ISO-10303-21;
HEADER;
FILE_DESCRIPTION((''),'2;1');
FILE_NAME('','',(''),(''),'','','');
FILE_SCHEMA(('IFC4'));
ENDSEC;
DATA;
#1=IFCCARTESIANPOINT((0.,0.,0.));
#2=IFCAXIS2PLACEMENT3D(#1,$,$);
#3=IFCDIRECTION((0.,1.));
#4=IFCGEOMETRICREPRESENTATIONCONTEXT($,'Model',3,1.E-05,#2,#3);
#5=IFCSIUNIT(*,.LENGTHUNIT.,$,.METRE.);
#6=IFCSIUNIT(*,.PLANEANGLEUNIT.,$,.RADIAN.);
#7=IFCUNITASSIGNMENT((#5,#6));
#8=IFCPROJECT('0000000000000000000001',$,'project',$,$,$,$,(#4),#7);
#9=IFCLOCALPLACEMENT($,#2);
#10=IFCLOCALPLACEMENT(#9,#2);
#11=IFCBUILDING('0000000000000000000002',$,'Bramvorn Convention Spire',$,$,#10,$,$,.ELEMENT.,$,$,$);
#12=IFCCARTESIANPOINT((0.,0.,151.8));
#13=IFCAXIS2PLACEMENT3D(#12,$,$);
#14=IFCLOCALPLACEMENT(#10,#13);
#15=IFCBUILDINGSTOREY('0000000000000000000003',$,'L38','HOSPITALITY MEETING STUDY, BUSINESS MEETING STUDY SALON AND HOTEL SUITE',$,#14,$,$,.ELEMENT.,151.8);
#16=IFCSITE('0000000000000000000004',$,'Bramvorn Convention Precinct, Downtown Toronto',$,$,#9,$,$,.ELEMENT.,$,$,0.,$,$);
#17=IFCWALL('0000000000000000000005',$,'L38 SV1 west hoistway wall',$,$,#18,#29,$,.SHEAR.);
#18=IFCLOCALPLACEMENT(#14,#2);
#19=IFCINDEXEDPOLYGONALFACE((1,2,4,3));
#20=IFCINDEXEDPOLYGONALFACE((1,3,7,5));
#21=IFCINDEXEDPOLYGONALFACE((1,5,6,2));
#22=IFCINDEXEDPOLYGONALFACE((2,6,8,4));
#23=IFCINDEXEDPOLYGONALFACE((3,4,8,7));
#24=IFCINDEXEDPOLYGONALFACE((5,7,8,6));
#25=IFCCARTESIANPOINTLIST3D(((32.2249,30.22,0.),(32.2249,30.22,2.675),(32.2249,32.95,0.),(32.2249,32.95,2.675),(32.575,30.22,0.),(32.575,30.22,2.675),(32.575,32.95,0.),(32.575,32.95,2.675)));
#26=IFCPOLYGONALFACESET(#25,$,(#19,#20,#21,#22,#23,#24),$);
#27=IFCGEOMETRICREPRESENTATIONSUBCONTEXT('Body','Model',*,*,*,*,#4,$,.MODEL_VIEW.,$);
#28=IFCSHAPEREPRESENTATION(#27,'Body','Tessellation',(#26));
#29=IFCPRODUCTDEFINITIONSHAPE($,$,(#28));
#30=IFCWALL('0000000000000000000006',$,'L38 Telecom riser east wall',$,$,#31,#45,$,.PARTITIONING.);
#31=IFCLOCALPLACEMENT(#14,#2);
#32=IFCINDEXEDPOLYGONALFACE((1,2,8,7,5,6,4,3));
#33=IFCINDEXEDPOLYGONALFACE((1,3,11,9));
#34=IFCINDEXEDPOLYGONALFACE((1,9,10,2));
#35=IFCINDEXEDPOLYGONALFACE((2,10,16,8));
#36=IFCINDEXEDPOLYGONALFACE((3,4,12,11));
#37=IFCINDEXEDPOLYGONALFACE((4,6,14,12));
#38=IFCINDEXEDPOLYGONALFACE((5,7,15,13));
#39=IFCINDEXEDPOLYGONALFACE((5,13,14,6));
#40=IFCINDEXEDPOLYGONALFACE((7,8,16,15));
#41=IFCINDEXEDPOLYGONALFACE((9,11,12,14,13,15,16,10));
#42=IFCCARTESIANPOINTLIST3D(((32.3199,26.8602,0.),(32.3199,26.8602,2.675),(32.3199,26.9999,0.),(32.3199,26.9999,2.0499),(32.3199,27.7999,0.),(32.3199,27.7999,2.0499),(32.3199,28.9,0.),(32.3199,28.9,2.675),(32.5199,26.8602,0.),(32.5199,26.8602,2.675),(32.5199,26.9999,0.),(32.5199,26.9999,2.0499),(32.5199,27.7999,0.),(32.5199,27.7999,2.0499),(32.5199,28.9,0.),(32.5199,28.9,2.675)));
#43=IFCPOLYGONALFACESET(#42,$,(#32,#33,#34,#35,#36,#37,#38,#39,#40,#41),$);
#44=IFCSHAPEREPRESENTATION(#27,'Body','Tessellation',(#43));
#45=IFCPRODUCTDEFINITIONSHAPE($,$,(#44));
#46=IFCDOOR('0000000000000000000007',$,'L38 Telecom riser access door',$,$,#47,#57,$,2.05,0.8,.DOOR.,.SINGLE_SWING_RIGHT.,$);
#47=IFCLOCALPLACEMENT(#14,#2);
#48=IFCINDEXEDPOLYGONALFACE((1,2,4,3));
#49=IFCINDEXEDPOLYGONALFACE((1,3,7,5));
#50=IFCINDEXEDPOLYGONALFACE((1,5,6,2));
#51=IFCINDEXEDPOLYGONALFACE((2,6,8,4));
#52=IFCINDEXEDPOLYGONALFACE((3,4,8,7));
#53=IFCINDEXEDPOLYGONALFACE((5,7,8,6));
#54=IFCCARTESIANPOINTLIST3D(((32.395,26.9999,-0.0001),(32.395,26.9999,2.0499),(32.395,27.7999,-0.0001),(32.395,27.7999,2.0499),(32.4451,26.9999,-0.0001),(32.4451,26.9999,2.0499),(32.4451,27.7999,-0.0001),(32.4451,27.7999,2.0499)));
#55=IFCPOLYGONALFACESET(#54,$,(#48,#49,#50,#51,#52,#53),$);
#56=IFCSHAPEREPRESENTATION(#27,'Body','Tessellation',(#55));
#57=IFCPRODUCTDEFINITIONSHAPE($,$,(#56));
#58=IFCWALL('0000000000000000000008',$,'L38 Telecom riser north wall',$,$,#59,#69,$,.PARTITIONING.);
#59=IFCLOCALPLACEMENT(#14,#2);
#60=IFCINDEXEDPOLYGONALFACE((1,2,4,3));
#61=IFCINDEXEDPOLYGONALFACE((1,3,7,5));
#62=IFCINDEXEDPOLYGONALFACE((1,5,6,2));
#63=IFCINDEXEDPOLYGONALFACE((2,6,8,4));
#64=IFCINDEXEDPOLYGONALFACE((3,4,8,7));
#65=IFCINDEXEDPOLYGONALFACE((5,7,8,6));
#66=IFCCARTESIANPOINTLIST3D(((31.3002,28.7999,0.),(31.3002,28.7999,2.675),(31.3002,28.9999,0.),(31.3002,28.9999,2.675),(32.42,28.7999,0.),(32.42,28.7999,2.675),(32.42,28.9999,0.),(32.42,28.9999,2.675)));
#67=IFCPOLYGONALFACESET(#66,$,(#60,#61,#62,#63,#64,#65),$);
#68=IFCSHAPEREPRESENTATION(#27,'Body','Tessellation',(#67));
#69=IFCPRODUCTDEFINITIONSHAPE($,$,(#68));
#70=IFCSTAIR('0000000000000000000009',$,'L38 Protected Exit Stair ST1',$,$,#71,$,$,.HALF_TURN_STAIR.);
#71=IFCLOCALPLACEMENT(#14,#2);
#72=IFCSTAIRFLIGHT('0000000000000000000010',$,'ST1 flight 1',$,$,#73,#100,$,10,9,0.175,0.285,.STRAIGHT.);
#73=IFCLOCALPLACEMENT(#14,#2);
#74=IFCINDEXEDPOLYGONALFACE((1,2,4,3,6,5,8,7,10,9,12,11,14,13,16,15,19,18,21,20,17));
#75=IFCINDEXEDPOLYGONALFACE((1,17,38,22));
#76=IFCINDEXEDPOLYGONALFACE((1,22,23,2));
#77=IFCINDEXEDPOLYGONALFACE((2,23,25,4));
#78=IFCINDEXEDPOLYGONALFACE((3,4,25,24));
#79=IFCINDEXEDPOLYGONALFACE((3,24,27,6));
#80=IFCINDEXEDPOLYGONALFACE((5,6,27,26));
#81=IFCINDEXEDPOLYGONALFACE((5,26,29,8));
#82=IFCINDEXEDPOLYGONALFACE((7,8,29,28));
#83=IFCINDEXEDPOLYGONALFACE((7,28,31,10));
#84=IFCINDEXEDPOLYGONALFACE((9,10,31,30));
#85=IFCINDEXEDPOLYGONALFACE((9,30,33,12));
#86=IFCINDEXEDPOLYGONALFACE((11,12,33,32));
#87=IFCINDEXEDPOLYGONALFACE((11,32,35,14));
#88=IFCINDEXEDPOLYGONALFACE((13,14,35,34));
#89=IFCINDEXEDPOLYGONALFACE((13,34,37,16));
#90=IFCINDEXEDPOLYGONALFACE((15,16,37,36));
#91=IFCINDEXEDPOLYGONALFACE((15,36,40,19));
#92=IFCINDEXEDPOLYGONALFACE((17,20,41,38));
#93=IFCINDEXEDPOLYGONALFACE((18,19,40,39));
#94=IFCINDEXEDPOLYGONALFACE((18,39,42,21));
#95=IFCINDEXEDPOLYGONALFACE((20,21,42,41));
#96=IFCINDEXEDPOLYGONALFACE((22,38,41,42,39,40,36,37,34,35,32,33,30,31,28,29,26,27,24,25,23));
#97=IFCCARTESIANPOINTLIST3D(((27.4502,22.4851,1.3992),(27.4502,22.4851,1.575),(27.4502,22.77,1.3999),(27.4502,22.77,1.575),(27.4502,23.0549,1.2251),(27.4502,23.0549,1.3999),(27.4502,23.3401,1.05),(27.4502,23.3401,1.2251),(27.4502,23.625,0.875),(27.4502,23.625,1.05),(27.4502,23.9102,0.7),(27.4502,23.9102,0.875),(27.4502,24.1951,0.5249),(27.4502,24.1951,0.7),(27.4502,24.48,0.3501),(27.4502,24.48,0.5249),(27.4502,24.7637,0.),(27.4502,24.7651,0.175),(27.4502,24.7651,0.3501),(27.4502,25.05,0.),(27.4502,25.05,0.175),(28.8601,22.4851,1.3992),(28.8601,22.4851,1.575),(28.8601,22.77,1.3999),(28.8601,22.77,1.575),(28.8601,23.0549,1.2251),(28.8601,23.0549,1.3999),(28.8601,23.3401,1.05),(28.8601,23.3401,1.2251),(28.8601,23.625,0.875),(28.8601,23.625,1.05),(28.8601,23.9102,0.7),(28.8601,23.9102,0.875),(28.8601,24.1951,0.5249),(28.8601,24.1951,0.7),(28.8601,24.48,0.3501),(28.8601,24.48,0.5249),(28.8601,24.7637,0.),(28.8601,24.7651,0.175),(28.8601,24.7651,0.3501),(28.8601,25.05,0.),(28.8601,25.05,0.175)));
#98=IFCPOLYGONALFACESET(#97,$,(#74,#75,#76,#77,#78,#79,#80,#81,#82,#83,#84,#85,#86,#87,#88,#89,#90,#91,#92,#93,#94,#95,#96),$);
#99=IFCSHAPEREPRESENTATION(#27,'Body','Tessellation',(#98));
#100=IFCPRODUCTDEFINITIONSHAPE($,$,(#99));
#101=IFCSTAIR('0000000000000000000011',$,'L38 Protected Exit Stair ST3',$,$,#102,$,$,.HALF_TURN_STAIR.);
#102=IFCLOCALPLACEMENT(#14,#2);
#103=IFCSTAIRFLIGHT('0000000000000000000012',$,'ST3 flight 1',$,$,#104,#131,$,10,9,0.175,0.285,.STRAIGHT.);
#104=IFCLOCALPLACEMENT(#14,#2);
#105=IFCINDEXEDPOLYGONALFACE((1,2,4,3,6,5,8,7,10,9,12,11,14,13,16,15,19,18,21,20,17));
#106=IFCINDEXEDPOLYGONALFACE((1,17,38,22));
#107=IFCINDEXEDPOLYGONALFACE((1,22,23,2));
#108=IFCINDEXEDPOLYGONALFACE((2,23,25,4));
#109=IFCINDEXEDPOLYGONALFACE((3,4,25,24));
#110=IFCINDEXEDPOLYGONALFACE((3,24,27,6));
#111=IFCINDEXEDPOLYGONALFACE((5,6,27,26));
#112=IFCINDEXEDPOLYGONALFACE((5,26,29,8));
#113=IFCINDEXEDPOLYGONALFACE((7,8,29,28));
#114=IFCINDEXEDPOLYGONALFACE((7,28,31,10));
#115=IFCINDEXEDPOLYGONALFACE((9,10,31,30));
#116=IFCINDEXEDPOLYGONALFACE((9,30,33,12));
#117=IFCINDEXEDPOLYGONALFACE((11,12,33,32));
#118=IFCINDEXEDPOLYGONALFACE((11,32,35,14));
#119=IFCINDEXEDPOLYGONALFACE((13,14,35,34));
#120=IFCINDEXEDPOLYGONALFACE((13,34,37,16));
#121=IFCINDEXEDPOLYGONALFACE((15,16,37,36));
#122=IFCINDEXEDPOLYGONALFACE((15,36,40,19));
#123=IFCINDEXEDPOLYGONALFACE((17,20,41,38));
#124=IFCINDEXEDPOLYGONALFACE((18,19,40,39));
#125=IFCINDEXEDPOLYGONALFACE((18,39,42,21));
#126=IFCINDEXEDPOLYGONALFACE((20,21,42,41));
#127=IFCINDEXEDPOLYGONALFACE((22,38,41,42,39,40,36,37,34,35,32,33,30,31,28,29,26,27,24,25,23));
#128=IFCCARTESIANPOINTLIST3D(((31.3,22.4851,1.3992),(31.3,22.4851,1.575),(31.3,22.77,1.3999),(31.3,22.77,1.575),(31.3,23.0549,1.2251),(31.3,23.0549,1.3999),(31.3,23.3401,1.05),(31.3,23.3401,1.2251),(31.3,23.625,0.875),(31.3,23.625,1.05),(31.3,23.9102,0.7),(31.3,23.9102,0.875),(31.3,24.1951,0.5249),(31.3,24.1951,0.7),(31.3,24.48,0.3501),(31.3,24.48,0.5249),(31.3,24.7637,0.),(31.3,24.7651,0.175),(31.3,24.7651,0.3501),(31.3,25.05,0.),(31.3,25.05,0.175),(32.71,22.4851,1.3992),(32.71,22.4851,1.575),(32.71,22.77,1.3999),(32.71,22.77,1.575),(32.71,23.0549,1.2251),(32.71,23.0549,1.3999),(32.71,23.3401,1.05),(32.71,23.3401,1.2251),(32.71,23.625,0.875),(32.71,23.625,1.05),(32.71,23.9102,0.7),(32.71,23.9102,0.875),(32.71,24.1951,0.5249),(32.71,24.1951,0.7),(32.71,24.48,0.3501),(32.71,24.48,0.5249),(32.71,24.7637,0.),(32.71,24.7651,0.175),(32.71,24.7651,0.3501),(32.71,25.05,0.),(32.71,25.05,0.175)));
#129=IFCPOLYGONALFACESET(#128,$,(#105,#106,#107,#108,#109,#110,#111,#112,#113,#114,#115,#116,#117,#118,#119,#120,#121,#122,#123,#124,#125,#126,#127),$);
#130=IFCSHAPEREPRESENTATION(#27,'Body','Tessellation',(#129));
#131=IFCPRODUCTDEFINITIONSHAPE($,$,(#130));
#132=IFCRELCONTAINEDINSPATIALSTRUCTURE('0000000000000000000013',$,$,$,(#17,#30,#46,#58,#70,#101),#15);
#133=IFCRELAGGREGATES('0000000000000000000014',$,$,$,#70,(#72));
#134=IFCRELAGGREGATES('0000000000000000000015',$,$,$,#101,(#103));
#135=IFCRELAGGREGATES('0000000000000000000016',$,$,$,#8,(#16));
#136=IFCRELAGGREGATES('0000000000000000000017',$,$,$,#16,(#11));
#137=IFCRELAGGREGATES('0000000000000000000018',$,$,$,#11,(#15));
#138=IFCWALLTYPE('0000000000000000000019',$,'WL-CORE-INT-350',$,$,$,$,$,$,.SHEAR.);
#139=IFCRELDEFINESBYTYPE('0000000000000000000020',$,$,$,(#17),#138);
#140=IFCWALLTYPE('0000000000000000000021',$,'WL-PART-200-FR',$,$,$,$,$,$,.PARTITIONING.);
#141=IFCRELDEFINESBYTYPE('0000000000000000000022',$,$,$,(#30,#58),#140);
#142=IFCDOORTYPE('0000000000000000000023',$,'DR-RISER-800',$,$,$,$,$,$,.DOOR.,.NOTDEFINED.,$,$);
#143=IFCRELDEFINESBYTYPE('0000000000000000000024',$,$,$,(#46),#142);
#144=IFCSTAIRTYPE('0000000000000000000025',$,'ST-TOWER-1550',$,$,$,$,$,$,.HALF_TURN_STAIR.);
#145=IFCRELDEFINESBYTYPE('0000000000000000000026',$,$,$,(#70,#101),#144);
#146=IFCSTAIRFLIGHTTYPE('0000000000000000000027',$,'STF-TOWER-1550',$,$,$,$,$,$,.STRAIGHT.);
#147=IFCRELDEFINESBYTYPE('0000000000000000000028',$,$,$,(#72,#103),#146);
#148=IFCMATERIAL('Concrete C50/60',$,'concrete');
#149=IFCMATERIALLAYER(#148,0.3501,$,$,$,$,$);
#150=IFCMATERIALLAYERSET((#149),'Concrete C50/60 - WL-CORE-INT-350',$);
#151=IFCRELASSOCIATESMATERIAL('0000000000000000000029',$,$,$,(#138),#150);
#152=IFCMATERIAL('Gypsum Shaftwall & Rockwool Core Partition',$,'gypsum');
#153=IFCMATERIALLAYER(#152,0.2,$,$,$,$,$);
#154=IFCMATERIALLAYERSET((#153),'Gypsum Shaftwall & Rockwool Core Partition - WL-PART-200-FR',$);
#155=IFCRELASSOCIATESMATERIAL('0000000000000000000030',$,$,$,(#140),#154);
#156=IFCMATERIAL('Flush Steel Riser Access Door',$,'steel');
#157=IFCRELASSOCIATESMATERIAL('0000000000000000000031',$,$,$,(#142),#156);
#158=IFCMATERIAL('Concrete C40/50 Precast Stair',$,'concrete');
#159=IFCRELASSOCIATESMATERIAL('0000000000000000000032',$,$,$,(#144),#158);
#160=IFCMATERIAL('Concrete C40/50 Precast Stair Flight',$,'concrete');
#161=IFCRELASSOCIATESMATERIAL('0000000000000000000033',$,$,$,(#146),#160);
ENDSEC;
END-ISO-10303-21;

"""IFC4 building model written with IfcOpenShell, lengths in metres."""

from ifc_helpers import new_model, si_unit, direction, frame, frame_2d, origin, place, context, subcontext, project, spatial, polyline, rectangle, outline, extrude, material, layer, layer_set, type_object, element, fill, aggregate, save


model = new_model("IFC4")

# Units and contexts
model_context = context("Model", 3, precision=1e-05, world=origin(), true_north=direction((0.0, 1.0)))
body_context = subcontext(model_context, "Body", "Model", "MODEL_VIEW")
ifc_project = project(units=[si_unit("LENGTHUNIT", "METRE"), si_unit("PLANEANGLEUNIT", "RADIAN")], contexts=[model_context])

# Site, building, storey
site_placement = place(None, origin())
site = spatial("IfcSite", under=ifc_project, at=site_placement, Name="Bramvorn Convention Precinct, Downtown Toronto", CompositionType="ELEMENT", RefElevation=0.0)
building_placement = place(site_placement, origin())
building = spatial("IfcBuilding", under=site, at=building_placement, Name="Bramvorn Convention Spire", CompositionType="ELEMENT")
storey_placement = place(building_placement, frame((0.0, 0.0, 151.8)))
storey = spatial("IfcBuildingStorey", under=building, at=storey_placement, Name="L38", Description="HOSPITALITY MEETING STUDY, BUSINESS MEETING STUDY SALON AND HOTEL SUITE", CompositionType="ELEMENT", Elevation=151.8)

# Shared definitions
ifc_material_1 = material(Name="Concrete C50/60", Category="concrete")
ifc_layer_1 = layer(ifc_material_1, 0.3501)
ifc_layer_set_1 = layer_set([ifc_layer_1], Name="Concrete C50/60 - WL-CORE-INT-350")
wall_type_1 = type_object("IfcWallType", Name="WL-CORE-INT-350", PredefinedType="SHEAR", material=ifc_layer_set_1)

# Wall
wall_1_placement = place(storey_placement, frame((32.3999, 30.22, 0.0), z_axis=(0.0, 0.0, 1.0), x_axis=(0.0, 1.0, 0.0)))
element("IfcWall", 1, at=wall_1_placement, inside=storey, type_object=wall_type_1, Name="L38 SV1 west hoistway wall", PredefinedType="SHEAR", context=body_context, shape_type="SweptSolid", body=[
    extrude(rectangle(XDim=2.73, YDim=0.3501, at=frame_2d((1.365, 0.0))), origin(), (0.0, 0.0, 1.0), 2.675),
])

# Wall, opening, door
ifc_material_2 = material(Name="Gypsum Shaftwall & Rockwool Core Partition", Category="gypsum")
ifc_layer_2 = layer(ifc_material_2, 0.2)
ifc_layer_set_2 = layer_set([ifc_layer_2], Name="Gypsum Shaftwall & Rockwool Core Partition - WL-PART-200-FR")
wall_type_2 = type_object("IfcWallType", Name="WL-PART-200-FR", PredefinedType="PARTITIONING", material=ifc_layer_set_2)
wall_2_placement = place(storey_placement, frame((32.4199, 26.8601, 0.0), z_axis=(0.0, 0.0, 1.0), x_axis=(0.0, 1.0, 0.0)))
wall_2 = element("IfcWall", 2, at=wall_2_placement, inside=storey, type_object=wall_type_2, Name="L38 Telecom riser east wall", PredefinedType="PARTITIONING", context=body_context, shape_type="SweptSolid", body=[
    extrude(rectangle(XDim=2.0398, YDim=0.2, at=frame_2d((1.02, 0.0))), origin(), (0.0, 0.0, 1.0), 2.675),
])
opening_1_placement = place(wall_2_placement, frame((0.1399, 0.0, 0.0)))
opening_1 = element("IfcOpeningElement", 3, at=opening_1_placement, cuts=wall_2, PredefinedType="OPENING", context=body_context, shape_type="SweptSolid", body=[
    extrude(rectangle(XDim=0.8, YDim=2.05, at=frame_2d((0.3999, 1.0249))), frame((0.0, 0.1099, 0.0), z_axis=(0.0, -1.0, 0.0), x_axis=(1.0, 0.0, 0.0)), (0.0, 0.0, 1.0), 0.22),
])
ifc_material_3 = material(Name="Flush Steel Riser Access Door", Category="steel")
door_type_1 = type_object("IfcDoorType", Name="DR-RISER-800", OperationType="NOTDEFINED", PredefinedType="DOOR", material=ifc_material_3)
door_1_placement = place(opening_1_placement, origin())
door_1 = element("IfcDoor", 4, at=door_1_placement, inside=storey, type_object=door_type_1, Name="L38 Telecom riser access door", OperationType="SINGLE_SWING_RIGHT", OverallHeight=2.05, OverallWidth=0.8, PredefinedType="DOOR", context=body_context, shape_type="SweptSolid", body=[
    extrude(rectangle(XDim=0.8, YDim=2.05, at=frame_2d((0.3999, 1.0249))), frame((0.0, 0.0249, 0.0), z_axis=(0.0, -1.0, 0.0), x_axis=(1.0, 0.0, 0.0)), (0.0, 0.0, 1.0), 0.05),
])
fill(opening_1, door_1)

# Wall
wall_3_placement = place(storey_placement, frame((31.3, 28.8999, 0.0), z_axis=(0.0, 0.0, 1.0), x_axis=(1.0, 0.0, 0.0)))
element("IfcWall", 5, at=wall_3_placement, inside=storey, type_object=wall_type_2, Name="L38 Telecom riser north wall", PredefinedType="PARTITIONING", context=body_context, shape_type="SweptSolid", body=[
    extrude(rectangle(XDim=1.1199, YDim=0.2, at=frame_2d((0.5601, 0.0))), origin(), (0.0, 0.0, 1.0), 2.675),
])

# Stairs, stair flights
ifc_material_4 = material(Name="Concrete C40/50 Precast Stair", Category="concrete")
stair_type = type_object("IfcStairType", Name="ST-TOWER-1550", PredefinedType="HALF_TURN_STAIR", material=ifc_material_4)
stair_1_placement = place(storey_placement, origin())
stair_1 = element("IfcStair", 6, at=stair_1_placement, inside=storey, type_object=stair_type, Name="L38 Protected Exit Stair ST1", PredefinedType="HALF_TURN_STAIR")
ifc_material_5 = material(Name="Concrete C40/50 Precast Stair Flight", Category="concrete")
stair_flight_type = type_object("IfcStairFlightType", Name="STF-TOWER-1550", PredefinedType="STRAIGHT", material=ifc_material_5)
stair_flight_1_placement = place(storey_placement, frame((28.155, 25.05, 0.0), z_axis=(0.0, 0.0, 1.0), x_axis=(0.0, -1.0, 0.0)))
stair_flight_1 = element("IfcStairFlight", 7, at=stair_flight_1_placement, type_object=stair_flight_type, Name="ST1 flight 1", NumberOfRisers=10, NumberOfTreads=9, PredefinedType="STRAIGHT", RiserHeight=0.175, TreadLength=0.285, context=body_context, shape_type="SweptSolid", body=[
    extrude(outline(polyline([(0.0, 0.0), (0.0, 0.175), (0.2849, 0.175), (0.2849, 0.3501), (0.5701, 0.3501), (0.5701, 0.5249), (0.855, 0.5249), (0.855, 0.7), (1.1399, 0.7), (1.1399, 0.875), (1.425, 0.875), (1.425, 1.05), (1.71, 1.05), (1.71, 1.2251), (1.9951, 1.2251), (1.9951, 1.3999), (2.28, 1.3999), (2.28, 1.575), (2.5649, 1.575), (2.5649, 1.75), (2.5649, 1.3992), (0.2864, 0.0), (0.0, 0.0)])), frame((0.0, 0.7051, 0.0), z_axis=(0.0, -1.0, 0.0), x_axis=(1.0, 0.0, 0.0)), (0.0, 0.0, 1.0), 1.4099),
])
aggregate(stair_1, [stair_flight_1])
stair_2_placement = place(storey_placement, origin())
stair_2 = element("IfcStair", 8, at=stair_2_placement, inside=storey, type_object=stair_type, Name="L38 Protected Exit Stair ST3", PredefinedType="HALF_TURN_STAIR")
stair_flight_2_placement = place(storey_placement, frame((32.0049, 25.05, 0.0), z_axis=(0.0, 0.0, 1.0), x_axis=(0.0, -1.0, 0.0)))
stair_flight_2 = element("IfcStairFlight", 9, at=stair_flight_2_placement, type_object=stair_flight_type, Name="ST3 flight 1", NumberOfRisers=10, NumberOfTreads=9, PredefinedType="STRAIGHT", RiserHeight=0.175, TreadLength=0.285, context=body_context, shape_type="SweptSolid", body=[
    extrude(outline(polyline([(0.0, 0.0), (0.0, 0.175), (0.2849, 0.175), (0.2849, 0.3501), (0.5701, 0.3501), (0.5701, 0.5249), (0.855, 0.5249), (0.855, 0.7), (1.1399, 0.7), (1.1399, 0.875), (1.425, 0.875), (1.425, 1.05), (1.71, 1.05), (1.71, 1.2251), (1.9951, 1.2251), (1.9951, 1.3999), (2.28, 1.3999), (2.28, 1.575), (2.5649, 1.575), (2.5649, 1.75), (2.5649, 1.3992), (0.2864, 0.0), (0.0, 0.0)])), frame((0.0, 0.7051, 0.0), z_axis=(0.0, -1.0, 0.0), x_axis=(1.0, 0.0, 0.0)), (0.0, 0.0, 1.0), 1.4099),
])
aggregate(stair_2, [stair_flight_2])

save(model, "model.ifc")
